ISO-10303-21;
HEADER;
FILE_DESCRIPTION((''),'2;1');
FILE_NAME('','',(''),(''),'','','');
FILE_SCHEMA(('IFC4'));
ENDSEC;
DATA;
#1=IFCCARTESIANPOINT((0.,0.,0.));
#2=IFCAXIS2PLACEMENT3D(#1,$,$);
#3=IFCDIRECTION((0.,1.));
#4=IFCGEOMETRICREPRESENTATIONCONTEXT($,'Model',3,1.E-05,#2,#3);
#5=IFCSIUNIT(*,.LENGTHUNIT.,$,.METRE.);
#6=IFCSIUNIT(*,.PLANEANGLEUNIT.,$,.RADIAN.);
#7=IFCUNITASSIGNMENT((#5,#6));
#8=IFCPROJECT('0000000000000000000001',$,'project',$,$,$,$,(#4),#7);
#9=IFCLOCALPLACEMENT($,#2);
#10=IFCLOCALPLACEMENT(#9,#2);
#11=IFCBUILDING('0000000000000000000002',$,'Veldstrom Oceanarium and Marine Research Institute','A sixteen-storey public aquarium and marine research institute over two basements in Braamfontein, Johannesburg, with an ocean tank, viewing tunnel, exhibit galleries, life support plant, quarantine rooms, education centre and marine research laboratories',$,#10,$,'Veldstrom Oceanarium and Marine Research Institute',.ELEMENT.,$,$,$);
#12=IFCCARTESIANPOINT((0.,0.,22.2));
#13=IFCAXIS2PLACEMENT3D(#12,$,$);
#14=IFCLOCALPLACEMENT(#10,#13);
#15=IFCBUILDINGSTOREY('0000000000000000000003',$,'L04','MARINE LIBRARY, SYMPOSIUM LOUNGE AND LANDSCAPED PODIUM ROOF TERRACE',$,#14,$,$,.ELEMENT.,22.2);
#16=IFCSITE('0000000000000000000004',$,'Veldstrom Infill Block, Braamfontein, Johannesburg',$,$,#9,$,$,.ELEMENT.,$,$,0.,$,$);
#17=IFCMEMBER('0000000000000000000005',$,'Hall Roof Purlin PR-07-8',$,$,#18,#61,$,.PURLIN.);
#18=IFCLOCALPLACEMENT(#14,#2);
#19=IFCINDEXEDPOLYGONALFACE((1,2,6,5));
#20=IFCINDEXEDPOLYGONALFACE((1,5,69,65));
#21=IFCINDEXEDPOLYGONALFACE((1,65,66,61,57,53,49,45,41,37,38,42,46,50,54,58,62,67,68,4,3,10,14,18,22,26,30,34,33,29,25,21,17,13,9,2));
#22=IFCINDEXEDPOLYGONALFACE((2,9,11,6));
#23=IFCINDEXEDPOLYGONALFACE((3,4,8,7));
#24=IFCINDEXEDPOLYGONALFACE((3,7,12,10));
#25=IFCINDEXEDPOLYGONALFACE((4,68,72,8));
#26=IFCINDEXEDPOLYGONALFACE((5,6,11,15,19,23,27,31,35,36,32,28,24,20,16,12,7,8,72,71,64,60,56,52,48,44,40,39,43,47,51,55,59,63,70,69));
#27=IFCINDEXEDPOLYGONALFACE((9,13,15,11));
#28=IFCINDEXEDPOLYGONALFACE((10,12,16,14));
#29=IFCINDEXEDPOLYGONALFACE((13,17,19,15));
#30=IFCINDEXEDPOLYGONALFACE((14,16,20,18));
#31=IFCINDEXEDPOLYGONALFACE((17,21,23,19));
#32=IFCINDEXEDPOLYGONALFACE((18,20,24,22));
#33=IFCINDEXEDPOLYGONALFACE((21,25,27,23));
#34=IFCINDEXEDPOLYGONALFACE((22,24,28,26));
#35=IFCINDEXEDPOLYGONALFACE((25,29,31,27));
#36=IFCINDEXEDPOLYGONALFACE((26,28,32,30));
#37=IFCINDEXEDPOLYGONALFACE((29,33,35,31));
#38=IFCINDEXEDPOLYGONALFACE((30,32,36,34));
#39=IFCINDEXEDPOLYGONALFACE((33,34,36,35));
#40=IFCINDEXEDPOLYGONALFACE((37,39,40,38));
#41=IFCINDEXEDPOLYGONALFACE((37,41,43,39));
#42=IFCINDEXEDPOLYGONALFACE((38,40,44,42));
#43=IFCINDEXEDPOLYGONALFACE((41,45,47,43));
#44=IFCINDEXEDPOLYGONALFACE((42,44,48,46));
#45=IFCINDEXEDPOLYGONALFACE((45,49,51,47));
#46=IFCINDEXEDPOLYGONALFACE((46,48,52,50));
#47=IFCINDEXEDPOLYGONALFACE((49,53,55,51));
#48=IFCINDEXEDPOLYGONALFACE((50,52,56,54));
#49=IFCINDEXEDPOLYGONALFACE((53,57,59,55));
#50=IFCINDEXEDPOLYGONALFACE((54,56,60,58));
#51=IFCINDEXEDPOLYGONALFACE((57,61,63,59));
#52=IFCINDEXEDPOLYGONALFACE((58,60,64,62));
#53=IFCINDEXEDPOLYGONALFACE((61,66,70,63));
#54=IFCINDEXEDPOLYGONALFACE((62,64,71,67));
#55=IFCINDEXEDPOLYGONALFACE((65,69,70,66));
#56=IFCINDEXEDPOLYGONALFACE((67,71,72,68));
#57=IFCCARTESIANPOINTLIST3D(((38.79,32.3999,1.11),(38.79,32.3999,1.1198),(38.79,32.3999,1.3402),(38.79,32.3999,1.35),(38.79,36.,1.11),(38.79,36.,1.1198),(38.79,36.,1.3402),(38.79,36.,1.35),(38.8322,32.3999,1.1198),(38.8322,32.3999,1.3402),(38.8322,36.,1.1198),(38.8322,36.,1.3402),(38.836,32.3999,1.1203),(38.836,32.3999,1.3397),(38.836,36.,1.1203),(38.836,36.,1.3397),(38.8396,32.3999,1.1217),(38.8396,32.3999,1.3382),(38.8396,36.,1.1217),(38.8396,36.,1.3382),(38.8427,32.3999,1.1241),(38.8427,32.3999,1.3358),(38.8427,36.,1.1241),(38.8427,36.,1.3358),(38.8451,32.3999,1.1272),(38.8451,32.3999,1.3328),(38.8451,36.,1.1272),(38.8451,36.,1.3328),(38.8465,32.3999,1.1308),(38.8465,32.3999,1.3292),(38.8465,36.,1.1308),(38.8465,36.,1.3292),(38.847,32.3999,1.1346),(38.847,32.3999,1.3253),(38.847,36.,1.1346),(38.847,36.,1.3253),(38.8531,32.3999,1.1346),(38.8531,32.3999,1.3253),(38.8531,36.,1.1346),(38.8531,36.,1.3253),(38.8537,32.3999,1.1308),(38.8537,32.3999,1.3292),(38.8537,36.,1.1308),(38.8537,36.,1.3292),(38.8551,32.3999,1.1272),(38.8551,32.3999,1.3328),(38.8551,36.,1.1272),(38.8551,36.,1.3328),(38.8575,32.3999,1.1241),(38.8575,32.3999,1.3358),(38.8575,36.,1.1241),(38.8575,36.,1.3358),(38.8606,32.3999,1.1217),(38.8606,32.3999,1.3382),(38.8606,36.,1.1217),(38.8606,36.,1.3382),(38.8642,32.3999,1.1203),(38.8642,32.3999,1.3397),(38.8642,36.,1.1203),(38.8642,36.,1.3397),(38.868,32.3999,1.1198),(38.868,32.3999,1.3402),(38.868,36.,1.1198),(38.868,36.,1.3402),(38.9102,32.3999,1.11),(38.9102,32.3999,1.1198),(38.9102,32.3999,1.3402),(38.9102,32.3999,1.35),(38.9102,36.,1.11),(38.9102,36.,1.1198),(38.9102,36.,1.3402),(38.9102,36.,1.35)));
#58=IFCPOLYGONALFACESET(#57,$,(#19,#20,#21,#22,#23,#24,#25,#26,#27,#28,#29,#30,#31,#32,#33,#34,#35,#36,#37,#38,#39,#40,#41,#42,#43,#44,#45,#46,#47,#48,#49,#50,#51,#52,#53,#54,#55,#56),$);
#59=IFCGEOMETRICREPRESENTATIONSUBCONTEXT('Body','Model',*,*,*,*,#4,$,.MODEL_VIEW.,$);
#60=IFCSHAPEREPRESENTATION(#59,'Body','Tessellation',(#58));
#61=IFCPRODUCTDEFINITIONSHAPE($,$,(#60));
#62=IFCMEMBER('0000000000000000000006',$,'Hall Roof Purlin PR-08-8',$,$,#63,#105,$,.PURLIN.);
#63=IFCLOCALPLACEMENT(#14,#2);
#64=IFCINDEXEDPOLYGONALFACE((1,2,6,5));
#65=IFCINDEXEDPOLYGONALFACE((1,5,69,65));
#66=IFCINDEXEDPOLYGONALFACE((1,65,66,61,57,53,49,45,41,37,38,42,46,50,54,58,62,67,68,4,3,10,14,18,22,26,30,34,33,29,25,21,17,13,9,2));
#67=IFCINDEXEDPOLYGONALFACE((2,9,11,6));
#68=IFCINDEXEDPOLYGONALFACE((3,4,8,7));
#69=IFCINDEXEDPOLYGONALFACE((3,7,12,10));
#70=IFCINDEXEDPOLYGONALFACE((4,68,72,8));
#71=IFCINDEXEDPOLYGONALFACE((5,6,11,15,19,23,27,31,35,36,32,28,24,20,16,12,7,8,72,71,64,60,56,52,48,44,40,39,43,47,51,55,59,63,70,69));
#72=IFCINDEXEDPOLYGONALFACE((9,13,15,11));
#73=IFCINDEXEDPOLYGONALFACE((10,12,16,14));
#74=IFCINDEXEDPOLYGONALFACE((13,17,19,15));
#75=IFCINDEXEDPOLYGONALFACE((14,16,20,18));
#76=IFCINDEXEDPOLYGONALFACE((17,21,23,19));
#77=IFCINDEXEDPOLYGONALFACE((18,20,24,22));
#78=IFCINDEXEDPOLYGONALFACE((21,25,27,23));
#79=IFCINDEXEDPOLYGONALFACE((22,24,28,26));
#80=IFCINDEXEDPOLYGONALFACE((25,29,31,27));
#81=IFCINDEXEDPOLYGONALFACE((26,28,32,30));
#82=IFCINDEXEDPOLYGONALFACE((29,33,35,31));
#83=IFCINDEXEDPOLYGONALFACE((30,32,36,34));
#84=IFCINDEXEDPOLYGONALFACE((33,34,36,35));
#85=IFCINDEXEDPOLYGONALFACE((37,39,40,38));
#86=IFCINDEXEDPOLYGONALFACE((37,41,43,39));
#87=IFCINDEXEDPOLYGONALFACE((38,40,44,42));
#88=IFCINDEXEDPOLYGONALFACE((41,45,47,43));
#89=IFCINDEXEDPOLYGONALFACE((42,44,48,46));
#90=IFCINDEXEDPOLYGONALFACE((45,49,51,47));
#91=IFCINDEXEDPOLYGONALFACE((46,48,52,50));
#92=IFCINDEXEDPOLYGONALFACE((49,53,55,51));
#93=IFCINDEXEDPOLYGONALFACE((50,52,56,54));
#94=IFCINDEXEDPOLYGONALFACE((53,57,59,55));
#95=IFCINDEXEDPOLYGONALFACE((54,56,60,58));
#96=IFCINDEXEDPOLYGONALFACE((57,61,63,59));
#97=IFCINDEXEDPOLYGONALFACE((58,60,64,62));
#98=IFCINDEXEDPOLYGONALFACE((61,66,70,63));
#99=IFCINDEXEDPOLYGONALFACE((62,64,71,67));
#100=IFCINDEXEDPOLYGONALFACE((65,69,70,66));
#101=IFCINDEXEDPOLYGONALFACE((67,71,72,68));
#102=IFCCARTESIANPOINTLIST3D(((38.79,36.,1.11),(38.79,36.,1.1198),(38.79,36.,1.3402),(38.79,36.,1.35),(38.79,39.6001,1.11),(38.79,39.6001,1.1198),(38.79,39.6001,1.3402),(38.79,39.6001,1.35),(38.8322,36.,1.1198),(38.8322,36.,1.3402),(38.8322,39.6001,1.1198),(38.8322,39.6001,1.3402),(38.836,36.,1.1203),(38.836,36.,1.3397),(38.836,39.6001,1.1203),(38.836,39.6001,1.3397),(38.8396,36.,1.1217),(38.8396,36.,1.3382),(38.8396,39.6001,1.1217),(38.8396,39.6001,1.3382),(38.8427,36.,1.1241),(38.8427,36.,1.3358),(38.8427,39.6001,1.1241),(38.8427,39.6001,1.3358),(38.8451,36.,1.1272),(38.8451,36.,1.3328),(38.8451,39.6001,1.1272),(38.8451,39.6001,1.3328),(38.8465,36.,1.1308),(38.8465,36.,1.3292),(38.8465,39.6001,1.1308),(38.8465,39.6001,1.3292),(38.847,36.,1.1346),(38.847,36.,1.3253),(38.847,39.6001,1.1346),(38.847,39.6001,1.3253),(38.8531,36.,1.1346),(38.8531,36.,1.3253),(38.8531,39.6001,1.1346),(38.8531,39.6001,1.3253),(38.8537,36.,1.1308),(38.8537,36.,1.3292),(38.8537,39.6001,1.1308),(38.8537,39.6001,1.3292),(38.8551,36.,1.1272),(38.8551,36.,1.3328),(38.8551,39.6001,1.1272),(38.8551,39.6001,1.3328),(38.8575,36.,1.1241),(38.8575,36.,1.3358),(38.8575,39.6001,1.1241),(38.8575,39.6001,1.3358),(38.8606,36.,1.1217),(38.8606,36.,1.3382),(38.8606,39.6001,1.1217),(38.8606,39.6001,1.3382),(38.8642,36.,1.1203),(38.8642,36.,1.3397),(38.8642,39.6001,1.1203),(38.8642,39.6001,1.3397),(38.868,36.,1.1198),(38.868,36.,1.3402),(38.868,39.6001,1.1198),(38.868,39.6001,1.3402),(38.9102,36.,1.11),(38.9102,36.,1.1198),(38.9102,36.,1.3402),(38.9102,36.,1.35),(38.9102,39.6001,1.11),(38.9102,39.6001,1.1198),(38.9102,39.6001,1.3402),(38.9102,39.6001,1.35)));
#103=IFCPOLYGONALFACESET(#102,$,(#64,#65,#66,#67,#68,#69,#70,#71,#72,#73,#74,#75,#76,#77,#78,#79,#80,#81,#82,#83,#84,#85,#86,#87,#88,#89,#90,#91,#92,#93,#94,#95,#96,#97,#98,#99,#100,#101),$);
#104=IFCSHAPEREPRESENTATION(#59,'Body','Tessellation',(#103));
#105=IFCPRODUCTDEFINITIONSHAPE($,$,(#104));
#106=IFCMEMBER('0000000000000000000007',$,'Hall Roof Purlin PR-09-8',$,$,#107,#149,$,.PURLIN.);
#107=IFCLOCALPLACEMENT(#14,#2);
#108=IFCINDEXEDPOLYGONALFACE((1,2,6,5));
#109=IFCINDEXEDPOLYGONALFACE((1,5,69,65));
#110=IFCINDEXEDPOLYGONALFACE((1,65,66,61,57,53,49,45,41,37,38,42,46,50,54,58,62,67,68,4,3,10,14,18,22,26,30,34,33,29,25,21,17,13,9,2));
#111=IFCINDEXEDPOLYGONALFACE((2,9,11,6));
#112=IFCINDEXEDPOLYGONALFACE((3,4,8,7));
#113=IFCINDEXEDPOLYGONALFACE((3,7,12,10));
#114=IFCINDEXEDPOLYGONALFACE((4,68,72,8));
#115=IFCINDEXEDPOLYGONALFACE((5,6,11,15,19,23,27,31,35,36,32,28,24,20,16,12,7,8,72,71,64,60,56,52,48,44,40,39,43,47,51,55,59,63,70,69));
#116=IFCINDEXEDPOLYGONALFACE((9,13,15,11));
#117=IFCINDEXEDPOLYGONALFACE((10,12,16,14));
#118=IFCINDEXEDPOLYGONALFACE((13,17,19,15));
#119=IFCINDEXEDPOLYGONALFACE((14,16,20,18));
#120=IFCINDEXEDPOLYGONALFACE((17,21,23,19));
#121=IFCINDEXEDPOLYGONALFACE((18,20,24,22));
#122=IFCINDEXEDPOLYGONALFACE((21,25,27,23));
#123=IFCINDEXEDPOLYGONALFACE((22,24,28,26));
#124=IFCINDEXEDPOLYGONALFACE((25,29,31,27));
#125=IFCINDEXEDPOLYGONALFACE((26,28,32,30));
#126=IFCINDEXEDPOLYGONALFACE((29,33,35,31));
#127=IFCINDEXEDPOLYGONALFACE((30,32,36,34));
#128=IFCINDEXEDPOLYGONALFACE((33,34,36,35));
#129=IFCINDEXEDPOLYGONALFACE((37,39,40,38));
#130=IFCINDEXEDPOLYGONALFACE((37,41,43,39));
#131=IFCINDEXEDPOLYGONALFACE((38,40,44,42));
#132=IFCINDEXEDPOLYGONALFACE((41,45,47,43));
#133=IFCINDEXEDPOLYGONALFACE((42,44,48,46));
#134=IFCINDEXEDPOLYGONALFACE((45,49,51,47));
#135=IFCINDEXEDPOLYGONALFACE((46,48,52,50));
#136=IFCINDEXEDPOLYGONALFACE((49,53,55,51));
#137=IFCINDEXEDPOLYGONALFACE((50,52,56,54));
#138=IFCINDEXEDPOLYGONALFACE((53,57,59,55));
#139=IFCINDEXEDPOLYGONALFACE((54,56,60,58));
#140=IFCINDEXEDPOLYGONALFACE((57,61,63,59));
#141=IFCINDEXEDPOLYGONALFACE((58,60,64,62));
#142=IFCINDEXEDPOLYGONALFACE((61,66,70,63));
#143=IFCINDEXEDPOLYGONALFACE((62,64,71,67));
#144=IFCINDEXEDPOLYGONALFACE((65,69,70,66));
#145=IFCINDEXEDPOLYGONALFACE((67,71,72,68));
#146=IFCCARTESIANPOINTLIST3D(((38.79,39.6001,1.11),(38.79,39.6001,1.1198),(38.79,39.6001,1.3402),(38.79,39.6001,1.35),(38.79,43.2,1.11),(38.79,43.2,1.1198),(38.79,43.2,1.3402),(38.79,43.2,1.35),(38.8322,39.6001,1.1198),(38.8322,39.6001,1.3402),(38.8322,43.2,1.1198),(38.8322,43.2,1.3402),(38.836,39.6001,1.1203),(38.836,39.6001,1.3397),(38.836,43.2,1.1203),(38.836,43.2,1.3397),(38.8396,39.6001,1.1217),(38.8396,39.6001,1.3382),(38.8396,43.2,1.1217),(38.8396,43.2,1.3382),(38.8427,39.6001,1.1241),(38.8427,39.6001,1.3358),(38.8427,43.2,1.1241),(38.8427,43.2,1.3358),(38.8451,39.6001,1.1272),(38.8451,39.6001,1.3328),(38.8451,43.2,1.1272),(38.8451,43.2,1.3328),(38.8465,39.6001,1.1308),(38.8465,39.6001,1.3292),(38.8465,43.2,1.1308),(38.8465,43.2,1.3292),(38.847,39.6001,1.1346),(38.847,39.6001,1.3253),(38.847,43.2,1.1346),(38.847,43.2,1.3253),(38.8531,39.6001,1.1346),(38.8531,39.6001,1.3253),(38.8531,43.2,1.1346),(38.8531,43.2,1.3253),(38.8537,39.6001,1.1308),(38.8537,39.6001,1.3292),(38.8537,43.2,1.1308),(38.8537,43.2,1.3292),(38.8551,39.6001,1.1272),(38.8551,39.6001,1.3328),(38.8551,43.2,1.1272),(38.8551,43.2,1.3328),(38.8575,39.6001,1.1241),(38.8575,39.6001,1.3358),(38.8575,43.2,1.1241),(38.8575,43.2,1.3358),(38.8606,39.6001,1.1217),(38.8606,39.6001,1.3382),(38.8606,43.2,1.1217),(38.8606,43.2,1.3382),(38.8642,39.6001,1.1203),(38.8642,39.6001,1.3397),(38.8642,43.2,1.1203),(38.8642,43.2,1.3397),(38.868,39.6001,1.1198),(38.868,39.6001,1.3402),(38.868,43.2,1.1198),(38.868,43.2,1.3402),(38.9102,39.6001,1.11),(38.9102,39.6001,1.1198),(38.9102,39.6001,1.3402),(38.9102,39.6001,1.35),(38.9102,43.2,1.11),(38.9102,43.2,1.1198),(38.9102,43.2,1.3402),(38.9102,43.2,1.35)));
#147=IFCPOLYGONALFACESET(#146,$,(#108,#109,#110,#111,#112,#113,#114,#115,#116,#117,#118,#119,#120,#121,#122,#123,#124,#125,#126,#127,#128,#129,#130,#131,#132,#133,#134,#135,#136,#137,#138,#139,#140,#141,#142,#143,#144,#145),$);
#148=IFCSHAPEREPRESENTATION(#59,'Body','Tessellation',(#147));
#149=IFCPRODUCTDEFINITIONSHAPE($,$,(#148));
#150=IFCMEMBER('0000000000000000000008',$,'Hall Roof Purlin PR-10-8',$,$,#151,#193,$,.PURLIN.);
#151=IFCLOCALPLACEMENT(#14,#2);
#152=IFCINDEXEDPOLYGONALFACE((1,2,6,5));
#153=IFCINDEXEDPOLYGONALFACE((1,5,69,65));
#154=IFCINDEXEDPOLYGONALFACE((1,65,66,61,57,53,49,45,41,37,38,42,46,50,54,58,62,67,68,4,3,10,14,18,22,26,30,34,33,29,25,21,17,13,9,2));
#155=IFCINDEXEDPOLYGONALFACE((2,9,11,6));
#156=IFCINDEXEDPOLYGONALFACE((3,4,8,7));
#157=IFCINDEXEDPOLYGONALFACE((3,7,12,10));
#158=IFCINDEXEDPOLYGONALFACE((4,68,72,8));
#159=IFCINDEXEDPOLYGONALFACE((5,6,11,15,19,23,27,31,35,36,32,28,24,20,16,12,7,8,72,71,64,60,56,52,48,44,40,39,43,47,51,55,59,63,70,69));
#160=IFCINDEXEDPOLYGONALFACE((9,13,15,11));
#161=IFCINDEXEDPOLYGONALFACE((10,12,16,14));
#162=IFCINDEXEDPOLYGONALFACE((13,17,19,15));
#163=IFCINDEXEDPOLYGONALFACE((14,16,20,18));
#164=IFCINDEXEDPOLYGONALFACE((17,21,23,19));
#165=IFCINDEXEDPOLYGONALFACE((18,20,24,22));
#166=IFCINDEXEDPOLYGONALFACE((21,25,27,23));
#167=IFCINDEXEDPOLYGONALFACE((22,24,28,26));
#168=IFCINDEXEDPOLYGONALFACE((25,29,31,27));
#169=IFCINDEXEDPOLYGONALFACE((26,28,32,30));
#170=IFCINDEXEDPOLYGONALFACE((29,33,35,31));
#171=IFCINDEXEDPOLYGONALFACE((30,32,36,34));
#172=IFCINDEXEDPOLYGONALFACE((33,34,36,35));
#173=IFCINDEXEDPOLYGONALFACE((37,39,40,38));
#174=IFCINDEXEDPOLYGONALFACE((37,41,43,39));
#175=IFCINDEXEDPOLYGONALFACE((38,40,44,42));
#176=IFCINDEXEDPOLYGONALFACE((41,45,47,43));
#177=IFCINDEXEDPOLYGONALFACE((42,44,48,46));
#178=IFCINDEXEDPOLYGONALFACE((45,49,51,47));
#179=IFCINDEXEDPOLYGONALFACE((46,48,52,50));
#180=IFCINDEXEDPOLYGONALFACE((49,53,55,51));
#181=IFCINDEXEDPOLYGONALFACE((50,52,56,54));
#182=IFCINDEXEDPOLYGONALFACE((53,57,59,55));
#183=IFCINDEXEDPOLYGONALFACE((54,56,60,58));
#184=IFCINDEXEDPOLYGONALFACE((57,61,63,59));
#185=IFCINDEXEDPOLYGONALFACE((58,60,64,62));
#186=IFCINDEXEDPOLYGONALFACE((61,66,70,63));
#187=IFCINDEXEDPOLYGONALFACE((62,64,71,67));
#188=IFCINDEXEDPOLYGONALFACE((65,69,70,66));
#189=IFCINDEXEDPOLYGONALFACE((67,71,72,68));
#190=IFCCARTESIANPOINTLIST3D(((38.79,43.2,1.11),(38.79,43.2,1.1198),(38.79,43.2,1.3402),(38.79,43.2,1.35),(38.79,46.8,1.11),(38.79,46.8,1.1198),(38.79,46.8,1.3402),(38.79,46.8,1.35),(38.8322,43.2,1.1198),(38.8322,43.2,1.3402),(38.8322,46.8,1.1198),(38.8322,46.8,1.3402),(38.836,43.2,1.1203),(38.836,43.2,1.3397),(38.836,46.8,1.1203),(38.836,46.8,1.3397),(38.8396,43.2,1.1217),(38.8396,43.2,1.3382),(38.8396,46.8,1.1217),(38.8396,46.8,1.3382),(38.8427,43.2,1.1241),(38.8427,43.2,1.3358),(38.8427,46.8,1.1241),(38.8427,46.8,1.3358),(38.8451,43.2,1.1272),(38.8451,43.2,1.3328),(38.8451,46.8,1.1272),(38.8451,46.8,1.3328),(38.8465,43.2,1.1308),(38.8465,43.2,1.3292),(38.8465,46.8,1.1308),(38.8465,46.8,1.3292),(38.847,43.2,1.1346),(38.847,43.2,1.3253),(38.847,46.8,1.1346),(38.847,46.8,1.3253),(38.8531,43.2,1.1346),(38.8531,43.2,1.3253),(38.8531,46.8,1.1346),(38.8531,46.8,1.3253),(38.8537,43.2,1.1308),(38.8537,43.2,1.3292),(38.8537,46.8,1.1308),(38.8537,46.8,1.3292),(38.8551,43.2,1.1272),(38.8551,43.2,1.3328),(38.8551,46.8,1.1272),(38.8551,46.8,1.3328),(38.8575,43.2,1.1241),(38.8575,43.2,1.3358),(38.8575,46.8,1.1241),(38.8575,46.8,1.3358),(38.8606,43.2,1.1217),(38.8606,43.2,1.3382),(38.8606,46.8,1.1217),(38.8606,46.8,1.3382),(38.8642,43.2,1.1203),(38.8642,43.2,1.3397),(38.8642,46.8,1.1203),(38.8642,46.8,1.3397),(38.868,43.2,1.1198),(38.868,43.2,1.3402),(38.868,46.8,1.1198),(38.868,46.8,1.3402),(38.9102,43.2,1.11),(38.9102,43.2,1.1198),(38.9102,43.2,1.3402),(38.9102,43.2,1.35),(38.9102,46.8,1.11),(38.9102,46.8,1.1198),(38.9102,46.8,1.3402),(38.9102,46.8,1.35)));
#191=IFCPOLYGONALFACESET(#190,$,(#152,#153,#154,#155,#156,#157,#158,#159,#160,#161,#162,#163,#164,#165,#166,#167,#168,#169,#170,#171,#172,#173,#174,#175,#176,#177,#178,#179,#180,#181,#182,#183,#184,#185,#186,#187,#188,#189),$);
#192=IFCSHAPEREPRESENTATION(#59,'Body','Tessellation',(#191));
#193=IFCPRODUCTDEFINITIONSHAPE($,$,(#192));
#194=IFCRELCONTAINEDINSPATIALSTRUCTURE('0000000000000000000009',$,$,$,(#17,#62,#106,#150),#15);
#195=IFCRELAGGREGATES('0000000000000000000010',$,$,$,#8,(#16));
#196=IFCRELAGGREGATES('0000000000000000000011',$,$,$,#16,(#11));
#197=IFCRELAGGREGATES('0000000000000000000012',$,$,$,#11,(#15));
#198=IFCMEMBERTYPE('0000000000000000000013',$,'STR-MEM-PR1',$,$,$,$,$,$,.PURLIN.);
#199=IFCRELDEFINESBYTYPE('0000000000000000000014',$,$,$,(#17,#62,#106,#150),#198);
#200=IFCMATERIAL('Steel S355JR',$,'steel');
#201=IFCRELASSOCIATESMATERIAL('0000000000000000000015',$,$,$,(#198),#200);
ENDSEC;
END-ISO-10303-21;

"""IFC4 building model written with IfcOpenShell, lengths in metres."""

from ifc_helpers import new_model, si_unit, direction, frame, origin, origin_2d, place, context, subcontext, project, spatial, i_section, extrude, material, material_profile, profile_set, type_object, element, save


model = new_model("IFC4")

# Units and contexts
model_context = context("Model", 3, precision=1e-05, world=origin(), true_north=direction((0.0, 1.0)))
body_context = subcontext(model_context, "Body", "Model", "MODEL_VIEW")
ifc_project = project(units=[si_unit("LENGTHUNIT", "METRE"), si_unit("PLANEANGLEUNIT", "RADIAN")], contexts=[model_context])

# Site, building, storey
site_placement = place(None, origin())
site = spatial("IfcSite", under=ifc_project, at=site_placement, Name="Veldstrom Infill Block, Braamfontein, Johannesburg", CompositionType="ELEMENT", RefElevation=0.0)
building_placement = place(site_placement, origin())
building = spatial("IfcBuilding", under=site, at=building_placement, Name="Veldstrom Oceanarium and Marine Research Institute", Description="A sixteen-storey public aquarium and marine research institute over two basements in Braamfontein, Johannesburg, with an ocean tank, viewing tunnel, exhibit galleries, life support plant, quarantine rooms, education centre and marine research laboratories", LongName="Veldstrom Oceanarium and Marine Research Institute", CompositionType="ELEMENT")
storey_placement = place(building_placement, frame((0.0, 0.0, 22.2)))
storey = spatial("IfcBuildingStorey", under=building, at=storey_placement, Name="L04", Description="MARINE LIBRARY, SYMPOSIUM LOUNGE AND LANDSCAPED PODIUM ROOF TERRACE", CompositionType="ELEMENT", Elevation=22.2)

# Members
ifc_material_1 = material(Name="Steel S355JR", Category="steel")
ifc_material_profile_1 = material_profile(ifc_material_1, i_section(OverallWidth=0.1201, OverallDepth=0.24, WebThickness=0.0061, FlangeThickness=0.0098, FilletRadius=0.0149, at=origin_2d()), Name="IPE 240")
ifc_profile_set_1 = profile_set([ifc_material_profile_1], Name="Steel S355JR")
member_type_1 = type_object("IfcMemberType", Name="STR-MEM-PR1", PredefinedType="PURLIN", material=ifc_profile_set_1)
for number, where, z_axis, x_axis, name in (
    (1, (38.8501, 32.3999, 1.23), (0.0, 1.0, 0.0), (-1.0, 0.0, 0.0), "Hall Roof Purlin PR-07-8"),
    (2, (38.8501, 36.0, 1.23), (0.0, 1.0, 0.0), (-1.0, 0.0, 0.0), "Hall Roof Purlin PR-08-8"),
):
    element("IfcMember", number, at=place(storey_placement, frame(where, z_axis=z_axis, x_axis=x_axis)), inside=storey, type_object=member_type_1, Name=name, PredefinedType="PURLIN", context=body_context, shape_type="SweptSolid", body=[
        extrude(i_section(OverallWidth=0.1201, OverallDepth=0.24, WebThickness=0.0061, FlangeThickness=0.0098, FilletRadius=0.0149, at=origin_2d()), origin(), (0.0, 0.0, 1.0), 3.6001),
    ])
member_1_placement = place(storey_placement, frame((38.8501, 39.6001, 1.23), z_axis=(0.0, 1.0, 0.0), x_axis=(-1.0, 0.0, 0.0)))
element("IfcMember", 3, at=member_1_placement, inside=storey, type_object=member_type_1, Name="Hall Roof Purlin PR-09-8", PredefinedType="PURLIN", context=body_context, shape_type="SweptSolid", body=[
    extrude(i_section(OverallWidth=0.1201, OverallDepth=0.24, WebThickness=0.0061, FlangeThickness=0.0098, FilletRadius=0.0149, at=origin_2d()), origin(), (0.0, 0.0, 1.0), 3.5999),
])
member_2_placement = place(storey_placement, frame((38.8501, 43.2, 1.23), z_axis=(0.0, 1.0, 0.0), x_axis=(-1.0, 0.0, 0.0)))
element("IfcMember", 4, at=member_2_placement, inside=storey, type_object=member_type_1, Name="Hall Roof Purlin PR-10-8", PredefinedType="PURLIN", context=body_context, shape_type="SweptSolid", body=[
    extrude(i_section(OverallWidth=0.1201, OverallDepth=0.24, WebThickness=0.0061, FlangeThickness=0.0098, FilletRadius=0.0149, at=origin_2d()), origin(), (0.0, 0.0, 1.0), 3.6001),
])

save(model, "model.ifc")
